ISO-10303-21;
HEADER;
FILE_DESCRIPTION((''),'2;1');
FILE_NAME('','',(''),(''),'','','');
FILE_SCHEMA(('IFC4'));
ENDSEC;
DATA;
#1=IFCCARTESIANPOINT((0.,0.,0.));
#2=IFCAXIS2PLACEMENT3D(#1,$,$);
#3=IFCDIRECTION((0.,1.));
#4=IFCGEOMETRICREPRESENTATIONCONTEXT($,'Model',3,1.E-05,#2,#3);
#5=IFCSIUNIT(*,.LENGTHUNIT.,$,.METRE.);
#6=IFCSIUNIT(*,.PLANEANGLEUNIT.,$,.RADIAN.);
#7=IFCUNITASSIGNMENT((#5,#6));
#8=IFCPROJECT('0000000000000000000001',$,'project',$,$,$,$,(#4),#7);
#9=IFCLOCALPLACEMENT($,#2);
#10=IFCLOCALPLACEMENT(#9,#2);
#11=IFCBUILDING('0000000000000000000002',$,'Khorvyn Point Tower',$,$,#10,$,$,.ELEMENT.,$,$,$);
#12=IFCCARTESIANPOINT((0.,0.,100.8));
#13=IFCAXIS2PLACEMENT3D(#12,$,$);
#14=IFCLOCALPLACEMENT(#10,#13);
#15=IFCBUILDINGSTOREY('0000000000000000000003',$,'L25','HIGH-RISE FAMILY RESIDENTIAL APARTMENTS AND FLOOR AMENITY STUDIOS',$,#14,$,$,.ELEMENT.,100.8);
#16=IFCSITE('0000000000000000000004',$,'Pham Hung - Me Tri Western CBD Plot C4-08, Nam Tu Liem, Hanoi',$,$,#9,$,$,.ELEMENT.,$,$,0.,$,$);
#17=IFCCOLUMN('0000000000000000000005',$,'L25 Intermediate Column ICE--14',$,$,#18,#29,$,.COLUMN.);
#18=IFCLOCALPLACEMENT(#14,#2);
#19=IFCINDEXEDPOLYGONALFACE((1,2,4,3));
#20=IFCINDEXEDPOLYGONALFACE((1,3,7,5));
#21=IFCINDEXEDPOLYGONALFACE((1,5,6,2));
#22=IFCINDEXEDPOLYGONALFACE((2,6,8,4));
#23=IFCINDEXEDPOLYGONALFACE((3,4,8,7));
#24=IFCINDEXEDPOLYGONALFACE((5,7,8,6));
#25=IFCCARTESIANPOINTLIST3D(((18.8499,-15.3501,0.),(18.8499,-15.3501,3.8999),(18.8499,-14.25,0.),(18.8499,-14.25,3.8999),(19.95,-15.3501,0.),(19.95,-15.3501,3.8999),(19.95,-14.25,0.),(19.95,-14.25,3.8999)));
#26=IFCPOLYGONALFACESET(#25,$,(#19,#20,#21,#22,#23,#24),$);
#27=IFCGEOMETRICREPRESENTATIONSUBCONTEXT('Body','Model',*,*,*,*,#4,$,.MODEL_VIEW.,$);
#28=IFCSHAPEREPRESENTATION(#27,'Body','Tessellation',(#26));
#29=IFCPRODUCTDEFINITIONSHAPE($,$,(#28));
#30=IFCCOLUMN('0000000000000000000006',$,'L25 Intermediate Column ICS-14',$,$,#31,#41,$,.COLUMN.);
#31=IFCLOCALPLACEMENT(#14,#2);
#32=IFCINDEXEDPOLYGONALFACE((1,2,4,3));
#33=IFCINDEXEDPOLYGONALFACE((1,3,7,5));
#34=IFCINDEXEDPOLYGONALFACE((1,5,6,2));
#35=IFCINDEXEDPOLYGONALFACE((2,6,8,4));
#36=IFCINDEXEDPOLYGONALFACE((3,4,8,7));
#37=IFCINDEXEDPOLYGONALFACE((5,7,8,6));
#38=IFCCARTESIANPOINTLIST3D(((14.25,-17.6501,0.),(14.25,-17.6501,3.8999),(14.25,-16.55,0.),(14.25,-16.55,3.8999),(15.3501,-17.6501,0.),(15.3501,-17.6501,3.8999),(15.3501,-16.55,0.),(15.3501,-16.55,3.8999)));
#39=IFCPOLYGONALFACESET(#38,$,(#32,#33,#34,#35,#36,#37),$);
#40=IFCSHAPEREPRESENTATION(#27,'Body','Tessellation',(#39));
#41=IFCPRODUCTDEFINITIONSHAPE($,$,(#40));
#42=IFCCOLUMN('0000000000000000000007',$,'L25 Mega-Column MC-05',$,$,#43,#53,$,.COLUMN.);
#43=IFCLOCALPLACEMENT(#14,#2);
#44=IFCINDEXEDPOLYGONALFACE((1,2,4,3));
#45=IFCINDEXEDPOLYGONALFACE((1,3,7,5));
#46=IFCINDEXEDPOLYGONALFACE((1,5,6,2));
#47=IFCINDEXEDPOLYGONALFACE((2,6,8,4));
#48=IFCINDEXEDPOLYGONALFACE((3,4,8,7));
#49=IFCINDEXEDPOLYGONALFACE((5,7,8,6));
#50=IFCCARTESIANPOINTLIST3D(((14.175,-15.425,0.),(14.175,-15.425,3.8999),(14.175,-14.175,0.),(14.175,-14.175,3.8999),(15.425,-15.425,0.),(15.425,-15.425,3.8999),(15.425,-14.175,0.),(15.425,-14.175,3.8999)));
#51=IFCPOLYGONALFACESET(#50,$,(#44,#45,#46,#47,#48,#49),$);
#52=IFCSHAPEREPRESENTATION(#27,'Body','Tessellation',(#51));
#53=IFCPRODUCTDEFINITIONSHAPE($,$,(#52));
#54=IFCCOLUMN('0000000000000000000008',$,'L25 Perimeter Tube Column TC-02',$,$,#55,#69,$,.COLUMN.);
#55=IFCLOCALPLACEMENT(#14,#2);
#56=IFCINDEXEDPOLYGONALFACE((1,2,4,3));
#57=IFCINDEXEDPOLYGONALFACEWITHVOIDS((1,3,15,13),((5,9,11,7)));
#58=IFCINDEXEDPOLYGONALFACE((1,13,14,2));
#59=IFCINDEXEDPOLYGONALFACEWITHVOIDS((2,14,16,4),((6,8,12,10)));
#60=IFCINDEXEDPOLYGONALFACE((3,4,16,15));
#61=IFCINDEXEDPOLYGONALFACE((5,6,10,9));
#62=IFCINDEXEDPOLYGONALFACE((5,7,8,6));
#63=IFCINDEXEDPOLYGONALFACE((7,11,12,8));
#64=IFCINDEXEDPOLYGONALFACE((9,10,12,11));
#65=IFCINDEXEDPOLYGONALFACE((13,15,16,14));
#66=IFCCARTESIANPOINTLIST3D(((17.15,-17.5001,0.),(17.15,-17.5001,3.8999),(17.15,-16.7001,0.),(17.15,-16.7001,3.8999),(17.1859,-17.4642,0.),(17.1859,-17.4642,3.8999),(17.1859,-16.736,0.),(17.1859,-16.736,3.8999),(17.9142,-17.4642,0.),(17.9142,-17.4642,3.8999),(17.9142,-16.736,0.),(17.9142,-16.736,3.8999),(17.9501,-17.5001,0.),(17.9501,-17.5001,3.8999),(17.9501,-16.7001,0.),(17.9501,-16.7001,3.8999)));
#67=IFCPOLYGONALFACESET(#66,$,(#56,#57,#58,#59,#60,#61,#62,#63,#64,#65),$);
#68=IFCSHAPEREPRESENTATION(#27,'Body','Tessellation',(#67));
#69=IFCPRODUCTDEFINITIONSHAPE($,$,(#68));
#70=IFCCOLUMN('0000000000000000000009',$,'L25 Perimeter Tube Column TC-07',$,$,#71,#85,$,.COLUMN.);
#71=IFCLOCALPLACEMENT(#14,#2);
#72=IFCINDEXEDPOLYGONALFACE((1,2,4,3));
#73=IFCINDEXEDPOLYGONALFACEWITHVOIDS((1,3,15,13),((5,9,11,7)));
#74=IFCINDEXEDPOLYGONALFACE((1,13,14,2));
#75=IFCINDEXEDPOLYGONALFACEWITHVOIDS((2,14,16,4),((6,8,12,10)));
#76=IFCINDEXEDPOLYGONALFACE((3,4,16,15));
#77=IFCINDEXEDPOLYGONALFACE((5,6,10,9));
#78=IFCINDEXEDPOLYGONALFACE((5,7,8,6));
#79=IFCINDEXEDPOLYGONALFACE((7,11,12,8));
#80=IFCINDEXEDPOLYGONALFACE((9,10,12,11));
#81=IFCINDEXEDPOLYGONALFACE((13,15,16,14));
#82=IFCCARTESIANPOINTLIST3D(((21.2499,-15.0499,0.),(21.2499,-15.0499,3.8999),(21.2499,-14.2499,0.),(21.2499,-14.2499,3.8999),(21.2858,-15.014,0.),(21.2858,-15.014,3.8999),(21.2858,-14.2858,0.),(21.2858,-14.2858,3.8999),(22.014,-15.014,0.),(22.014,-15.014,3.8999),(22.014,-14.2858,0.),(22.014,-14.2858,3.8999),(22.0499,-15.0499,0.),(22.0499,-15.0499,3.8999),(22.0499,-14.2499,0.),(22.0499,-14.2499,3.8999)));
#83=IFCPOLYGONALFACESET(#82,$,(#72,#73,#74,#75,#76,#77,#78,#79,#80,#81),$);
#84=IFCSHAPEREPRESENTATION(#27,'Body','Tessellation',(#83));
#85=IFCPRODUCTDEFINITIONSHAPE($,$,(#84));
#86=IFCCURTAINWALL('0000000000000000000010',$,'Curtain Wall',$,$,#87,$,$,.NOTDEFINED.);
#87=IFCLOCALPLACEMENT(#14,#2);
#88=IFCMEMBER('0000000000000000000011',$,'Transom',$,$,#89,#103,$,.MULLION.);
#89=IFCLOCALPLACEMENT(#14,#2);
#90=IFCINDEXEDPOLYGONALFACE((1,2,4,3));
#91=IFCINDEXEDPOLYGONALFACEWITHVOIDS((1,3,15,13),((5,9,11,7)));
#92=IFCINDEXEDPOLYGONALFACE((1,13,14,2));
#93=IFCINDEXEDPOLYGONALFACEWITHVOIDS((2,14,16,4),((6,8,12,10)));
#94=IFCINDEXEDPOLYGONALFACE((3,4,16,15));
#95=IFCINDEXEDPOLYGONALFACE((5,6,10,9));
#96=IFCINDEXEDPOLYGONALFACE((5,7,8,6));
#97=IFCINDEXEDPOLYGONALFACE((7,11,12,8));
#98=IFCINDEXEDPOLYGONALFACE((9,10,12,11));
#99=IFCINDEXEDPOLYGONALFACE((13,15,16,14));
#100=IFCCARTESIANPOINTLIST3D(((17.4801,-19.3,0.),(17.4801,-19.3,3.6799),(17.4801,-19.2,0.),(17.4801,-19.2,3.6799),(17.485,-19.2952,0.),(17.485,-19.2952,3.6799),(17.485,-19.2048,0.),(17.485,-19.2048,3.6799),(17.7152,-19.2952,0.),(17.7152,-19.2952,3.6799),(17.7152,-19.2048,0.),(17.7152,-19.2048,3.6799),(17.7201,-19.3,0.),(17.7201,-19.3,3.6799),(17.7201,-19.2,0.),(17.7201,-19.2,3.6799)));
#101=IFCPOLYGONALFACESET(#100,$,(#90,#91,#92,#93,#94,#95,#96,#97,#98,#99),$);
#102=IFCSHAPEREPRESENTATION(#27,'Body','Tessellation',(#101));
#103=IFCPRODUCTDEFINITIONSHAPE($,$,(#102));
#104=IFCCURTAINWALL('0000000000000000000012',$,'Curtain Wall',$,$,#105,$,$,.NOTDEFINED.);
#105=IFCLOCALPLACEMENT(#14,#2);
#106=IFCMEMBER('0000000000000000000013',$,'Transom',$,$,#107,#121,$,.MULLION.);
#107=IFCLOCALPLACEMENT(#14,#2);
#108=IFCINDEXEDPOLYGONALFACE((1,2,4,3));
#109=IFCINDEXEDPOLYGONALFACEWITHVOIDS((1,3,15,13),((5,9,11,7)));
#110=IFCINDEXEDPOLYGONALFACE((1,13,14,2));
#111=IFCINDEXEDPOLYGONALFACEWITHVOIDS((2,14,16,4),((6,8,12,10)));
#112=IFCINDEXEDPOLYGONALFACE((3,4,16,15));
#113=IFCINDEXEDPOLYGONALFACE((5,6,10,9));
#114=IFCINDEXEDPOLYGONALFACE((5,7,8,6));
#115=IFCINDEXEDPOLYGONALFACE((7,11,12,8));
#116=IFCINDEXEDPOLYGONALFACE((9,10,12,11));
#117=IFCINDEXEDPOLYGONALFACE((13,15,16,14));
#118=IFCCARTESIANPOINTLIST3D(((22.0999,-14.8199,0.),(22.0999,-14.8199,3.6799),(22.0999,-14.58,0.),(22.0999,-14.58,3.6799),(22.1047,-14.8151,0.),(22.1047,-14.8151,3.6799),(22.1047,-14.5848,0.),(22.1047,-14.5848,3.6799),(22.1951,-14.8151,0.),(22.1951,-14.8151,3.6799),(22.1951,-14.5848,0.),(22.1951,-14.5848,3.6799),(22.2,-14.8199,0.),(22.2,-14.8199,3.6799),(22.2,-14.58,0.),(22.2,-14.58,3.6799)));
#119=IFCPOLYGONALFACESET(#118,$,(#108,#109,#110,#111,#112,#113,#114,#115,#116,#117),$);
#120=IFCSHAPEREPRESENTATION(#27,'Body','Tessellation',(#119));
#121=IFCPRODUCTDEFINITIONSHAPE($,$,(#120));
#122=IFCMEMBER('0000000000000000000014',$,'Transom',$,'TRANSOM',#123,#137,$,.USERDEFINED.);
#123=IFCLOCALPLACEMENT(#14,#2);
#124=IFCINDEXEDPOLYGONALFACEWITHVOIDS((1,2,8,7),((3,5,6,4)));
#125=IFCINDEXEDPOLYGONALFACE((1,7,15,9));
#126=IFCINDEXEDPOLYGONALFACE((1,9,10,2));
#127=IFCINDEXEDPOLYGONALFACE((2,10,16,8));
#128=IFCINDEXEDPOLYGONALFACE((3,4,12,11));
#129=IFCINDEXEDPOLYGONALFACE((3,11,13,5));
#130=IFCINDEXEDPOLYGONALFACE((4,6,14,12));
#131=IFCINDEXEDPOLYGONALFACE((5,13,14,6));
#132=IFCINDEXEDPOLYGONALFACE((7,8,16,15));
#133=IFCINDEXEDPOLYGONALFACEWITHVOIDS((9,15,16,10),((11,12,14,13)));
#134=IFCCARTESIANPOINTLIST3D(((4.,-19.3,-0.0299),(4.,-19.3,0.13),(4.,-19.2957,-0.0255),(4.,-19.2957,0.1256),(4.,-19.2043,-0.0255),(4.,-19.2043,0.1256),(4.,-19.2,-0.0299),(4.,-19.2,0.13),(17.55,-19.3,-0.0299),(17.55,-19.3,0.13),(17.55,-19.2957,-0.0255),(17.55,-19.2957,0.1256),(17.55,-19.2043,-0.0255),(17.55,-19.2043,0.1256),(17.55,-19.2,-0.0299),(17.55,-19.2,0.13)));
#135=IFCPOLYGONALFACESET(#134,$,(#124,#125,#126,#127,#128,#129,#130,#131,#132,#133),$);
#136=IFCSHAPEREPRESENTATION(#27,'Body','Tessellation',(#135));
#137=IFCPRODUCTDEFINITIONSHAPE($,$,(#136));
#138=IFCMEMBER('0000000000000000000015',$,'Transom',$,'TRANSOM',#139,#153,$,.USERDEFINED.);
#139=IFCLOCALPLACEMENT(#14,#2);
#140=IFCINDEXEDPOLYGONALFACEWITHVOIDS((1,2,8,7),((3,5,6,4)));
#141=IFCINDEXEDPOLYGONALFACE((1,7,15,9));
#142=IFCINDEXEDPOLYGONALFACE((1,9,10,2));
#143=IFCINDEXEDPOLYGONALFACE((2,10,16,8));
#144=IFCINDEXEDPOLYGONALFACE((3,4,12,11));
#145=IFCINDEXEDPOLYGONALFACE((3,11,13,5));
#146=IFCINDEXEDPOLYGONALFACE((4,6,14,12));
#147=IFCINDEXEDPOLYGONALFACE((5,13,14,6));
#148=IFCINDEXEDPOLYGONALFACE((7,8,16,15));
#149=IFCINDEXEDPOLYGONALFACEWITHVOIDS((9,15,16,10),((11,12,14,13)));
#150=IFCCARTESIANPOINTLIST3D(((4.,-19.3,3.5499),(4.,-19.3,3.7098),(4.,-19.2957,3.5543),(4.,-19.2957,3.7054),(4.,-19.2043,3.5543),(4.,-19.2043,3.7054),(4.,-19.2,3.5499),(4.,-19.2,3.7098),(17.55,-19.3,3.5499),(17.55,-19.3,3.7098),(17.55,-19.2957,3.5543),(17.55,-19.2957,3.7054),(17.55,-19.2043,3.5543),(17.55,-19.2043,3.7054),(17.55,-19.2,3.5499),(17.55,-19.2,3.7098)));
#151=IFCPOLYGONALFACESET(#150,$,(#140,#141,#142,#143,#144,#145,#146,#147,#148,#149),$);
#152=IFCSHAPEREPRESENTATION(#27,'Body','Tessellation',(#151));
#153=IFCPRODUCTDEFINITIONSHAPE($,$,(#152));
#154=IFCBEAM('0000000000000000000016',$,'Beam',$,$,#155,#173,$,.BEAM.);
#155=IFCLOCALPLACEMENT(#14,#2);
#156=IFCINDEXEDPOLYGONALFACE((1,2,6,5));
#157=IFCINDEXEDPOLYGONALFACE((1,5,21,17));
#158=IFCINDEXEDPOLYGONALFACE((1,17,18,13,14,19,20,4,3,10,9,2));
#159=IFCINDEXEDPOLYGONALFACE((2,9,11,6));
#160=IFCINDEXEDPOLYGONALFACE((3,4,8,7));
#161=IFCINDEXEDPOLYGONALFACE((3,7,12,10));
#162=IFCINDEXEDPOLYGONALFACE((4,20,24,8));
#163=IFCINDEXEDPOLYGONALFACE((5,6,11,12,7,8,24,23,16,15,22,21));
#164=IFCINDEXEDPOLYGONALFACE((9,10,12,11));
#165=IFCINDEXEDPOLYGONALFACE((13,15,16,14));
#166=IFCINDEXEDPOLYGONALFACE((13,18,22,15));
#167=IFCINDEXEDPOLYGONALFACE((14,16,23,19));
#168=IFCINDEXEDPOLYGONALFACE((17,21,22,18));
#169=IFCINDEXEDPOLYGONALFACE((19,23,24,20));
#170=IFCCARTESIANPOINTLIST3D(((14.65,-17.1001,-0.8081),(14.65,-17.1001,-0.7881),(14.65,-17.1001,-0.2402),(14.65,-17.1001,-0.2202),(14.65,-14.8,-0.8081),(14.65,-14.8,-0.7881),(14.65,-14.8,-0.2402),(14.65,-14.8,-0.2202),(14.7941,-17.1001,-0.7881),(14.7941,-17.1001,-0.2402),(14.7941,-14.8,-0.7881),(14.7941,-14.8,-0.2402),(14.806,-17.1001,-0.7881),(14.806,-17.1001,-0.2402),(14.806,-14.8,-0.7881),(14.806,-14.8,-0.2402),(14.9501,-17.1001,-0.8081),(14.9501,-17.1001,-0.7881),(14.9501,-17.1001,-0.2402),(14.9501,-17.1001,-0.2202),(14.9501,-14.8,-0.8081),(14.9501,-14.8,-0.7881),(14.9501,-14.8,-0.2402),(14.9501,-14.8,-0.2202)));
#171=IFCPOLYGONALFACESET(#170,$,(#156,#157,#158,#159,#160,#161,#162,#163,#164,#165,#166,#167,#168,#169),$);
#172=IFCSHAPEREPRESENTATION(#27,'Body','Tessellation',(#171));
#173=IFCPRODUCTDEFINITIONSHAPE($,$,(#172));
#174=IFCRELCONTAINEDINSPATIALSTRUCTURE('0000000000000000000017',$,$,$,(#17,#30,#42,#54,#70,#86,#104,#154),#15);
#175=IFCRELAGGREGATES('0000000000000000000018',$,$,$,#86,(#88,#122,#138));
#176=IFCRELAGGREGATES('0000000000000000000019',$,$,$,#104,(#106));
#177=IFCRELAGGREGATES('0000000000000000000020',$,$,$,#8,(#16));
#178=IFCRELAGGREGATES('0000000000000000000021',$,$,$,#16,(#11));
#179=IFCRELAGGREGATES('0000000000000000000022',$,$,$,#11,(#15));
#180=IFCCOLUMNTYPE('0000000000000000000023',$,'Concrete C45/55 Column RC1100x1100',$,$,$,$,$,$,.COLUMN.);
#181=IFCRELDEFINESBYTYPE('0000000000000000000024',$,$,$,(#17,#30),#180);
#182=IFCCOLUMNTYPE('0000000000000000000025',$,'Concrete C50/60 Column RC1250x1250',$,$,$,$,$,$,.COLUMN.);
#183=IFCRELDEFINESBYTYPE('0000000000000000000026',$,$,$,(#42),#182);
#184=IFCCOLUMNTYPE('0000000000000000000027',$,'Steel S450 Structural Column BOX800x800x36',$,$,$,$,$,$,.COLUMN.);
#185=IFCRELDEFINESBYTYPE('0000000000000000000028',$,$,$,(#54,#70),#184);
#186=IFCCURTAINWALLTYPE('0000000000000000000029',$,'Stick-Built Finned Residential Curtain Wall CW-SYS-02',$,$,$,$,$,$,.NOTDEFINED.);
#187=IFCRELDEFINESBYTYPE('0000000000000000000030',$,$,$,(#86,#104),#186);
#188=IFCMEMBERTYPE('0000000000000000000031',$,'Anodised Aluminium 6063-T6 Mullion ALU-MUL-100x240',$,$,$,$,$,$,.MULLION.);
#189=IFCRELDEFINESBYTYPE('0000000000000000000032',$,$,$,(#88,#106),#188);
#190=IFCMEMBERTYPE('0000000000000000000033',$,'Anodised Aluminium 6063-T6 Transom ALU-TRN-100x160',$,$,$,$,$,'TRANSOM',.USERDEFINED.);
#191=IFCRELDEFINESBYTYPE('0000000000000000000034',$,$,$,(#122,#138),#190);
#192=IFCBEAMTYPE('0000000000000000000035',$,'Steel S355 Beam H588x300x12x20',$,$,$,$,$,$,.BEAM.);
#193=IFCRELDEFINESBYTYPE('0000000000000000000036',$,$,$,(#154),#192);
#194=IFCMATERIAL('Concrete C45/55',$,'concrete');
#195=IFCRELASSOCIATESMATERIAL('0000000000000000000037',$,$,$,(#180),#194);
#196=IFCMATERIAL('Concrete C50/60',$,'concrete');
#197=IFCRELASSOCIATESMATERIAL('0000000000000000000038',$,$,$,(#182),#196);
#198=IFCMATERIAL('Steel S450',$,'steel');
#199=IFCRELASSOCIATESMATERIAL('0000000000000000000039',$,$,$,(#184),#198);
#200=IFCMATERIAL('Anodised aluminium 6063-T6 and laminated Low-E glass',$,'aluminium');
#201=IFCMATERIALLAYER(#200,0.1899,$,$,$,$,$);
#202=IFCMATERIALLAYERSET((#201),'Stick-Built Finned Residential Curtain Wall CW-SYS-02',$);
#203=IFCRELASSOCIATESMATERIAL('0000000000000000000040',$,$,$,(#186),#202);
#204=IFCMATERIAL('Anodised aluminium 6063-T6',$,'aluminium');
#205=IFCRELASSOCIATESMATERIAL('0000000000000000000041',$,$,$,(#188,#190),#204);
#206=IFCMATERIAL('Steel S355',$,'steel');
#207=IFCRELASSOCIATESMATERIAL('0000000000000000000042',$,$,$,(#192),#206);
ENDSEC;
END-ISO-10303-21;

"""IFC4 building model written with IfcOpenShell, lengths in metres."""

from ifc_helpers import new_model, si_unit, direction, frame, origin, origin_2d, place, context, subcontext, project, spatial, rectangle, hollow_rectangle, i_section, extrude, material, layer, layer_set, material_profile, profile_set, type_object, element, aggregate, save


model = new_model("IFC4")

# Units and contexts
model_context = context("Model", 3, precision=1e-05, world=origin(), true_north=direction((0.0, 1.0)))
body_context = subcontext(model_context, "Body", "Model", "MODEL_VIEW")
ifc_project = project(units=[si_unit("LENGTHUNIT", "METRE"), si_unit("PLANEANGLEUNIT", "RADIAN")], contexts=[model_context])

# Site, building, storey
site_placement = place(None, origin())
site = spatial("IfcSite", under=ifc_project, at=site_placement, Name="Pham Hung - Me Tri Western CBD Plot C4-08, Nam Tu Liem, Hanoi", CompositionType="ELEMENT", RefElevation=0.0)
building_placement = place(site_placement, origin())
building = spatial("IfcBuilding", under=site, at=building_placement, Name="Khorvyn Point Tower", CompositionType="ELEMENT")
storey_placement = place(building_placement, frame((0.0, 0.0, 100.8)))
storey = spatial("IfcBuildingStorey", under=building, at=storey_placement, Name="L25", Description="HIGH-RISE FAMILY RESIDENTIAL APARTMENTS AND FLOOR AMENITY STUDIOS", CompositionType="ELEMENT", Elevation=100.8)

# Columns
ifc_material_1 = material(Name="Concrete C45/55", Category="concrete")
ifc_material_profile_1 = material_profile(ifc_material_1, rectangle(XDim=1.1001, YDim=1.1001, at=origin_2d()))
ifc_profile_set_1 = profile_set([ifc_material_profile_1], Name="Concrete C45/55 RC1100x1100")
column_type_1 = type_object("IfcColumnType", Name="Concrete C45/55 Column RC1100x1100", PredefinedType="COLUMN", material=ifc_profile_set_1)
for number, where, z_axis, x_axis, name in (
    (1, (19.3999, -14.8, 0.0), (0.0, 0.0, 1.0), (1.0, 0.0, 0.0), "L25 Intermediate Column ICE--14"),
    (2, (14.8, -17.1001, 0.0), (0.0, 0.0, 1.0), (1.0, 0.0, 0.0), "L25 Intermediate Column ICS-14"),
):
    element("IfcColumn", number, at=place(storey_placement, frame(where, z_axis=z_axis, x_axis=x_axis)), inside=storey, type_object=column_type_1, Name=name, PredefinedType="COLUMN", context=body_context, shape_type="SweptSolid", body=[
        extrude(rectangle(XDim=1.1001, YDim=1.1001, at=origin_2d()), origin(), (0.0, 0.0, 1.0), 3.8999),
    ])
ifc_material_2 = material(Name="Concrete C50/60", Category="concrete")
ifc_material_profile_2 = material_profile(ifc_material_2, rectangle(XDim=1.25, YDim=1.25, at=origin_2d()))
ifc_profile_set_2 = profile_set([ifc_material_profile_2], Name="Concrete C50/60 RC1250x1250")
column_type_2 = type_object("IfcColumnType", Name="Concrete C50/60 Column RC1250x1250", PredefinedType="COLUMN", material=ifc_profile_set_2)
column_placement = place(storey_placement, frame((14.8, -14.8, 0.0), z_axis=(0.0, 0.0, 1.0), x_axis=(1.0, 0.0, 0.0)))
element("IfcColumn", 3, at=column_placement, inside=storey, type_object=column_type_2, Name="L25 Mega-Column MC-05", PredefinedType="COLUMN", context=body_context, shape_type="SweptSolid", body=[
    extrude(rectangle(XDim=1.25, YDim=1.25, at=origin_2d()), origin(), (0.0, 0.0, 1.0), 3.8999),
])
ifc_material_3 = material(Name="Steel S450", Category="steel")
ifc_material_profile_3 = material_profile(ifc_material_3, hollow_rectangle(XDim=0.8, YDim=0.8, WallThickness=0.0359, at=origin_2d()))
ifc_profile_set_3 = profile_set([ifc_material_profile_3], Name="Steel S450 BOX800x800x36")
column_type_3 = type_object("IfcColumnType", Name="Steel S450 Structural Column BOX800x800x36", PredefinedType="COLUMN", material=ifc_profile_set_3)
for number, where, z_axis, x_axis, name in (
    (4, (17.55, -17.1001, 0.0), (0.0, 0.0, 1.0), (1.0, 0.0, 0.0), "L25 Perimeter Tube Column TC-02"),
    (5, (21.6499, -14.6499, 0.0), (0.0, 0.0, 1.0), (1.0, 0.0, 0.0), "L25 Perimeter Tube Column TC-07"),
):
    element("IfcColumn", number, at=place(storey_placement, frame(where, z_axis=z_axis, x_axis=x_axis)), inside=storey, type_object=column_type_3, Name=name, PredefinedType="COLUMN", context=body_context, shape_type="SweptSolid", body=[
        extrude(hollow_rectangle(XDim=0.8, YDim=0.8, WallThickness=0.0359, at=origin_2d()), origin(), (0.0, 0.0, 1.0), 3.8999),
    ])

# Curtain walls, members
ifc_material_4 = material(Name="Anodised aluminium 6063-T6 and laminated Low-E glass", Category="aluminium")
ifc_layer_1 = layer(ifc_material_4, 0.1899)
ifc_layer_set_1 = layer_set([ifc_layer_1], Name="Stick-Built Finned Residential Curtain Wall CW-SYS-02")
curtain_wall_type = type_object("IfcCurtainWallType", Name="Stick-Built Finned Residential Curtain Wall CW-SYS-02", PredefinedType="NOTDEFINED", material=ifc_layer_set_1)
curtain_wall_1_placement = place(storey_placement, origin())
curtain_wall_1 = element("IfcCurtainWall", 6, at=curtain_wall_1_placement, inside=storey, type_object=curtain_wall_type, Name="Curtain Wall", PredefinedType="NOTDEFINED")
ifc_material_5 = material(Name="Anodised aluminium 6063-T6", Category="aluminium")
ifc_material_profile_4 = material_profile(ifc_material_5, hollow_rectangle(XDim=0.1001, YDim=0.24, WallThickness=0.0049, at=origin_2d()))
ifc_profile_set_4 = profile_set([ifc_material_profile_4], Name="Anodised aluminium 6063-T6 ALU-MUL-100x240")
member_type_1 = type_object("IfcMemberType", Name="Anodised Aluminium 6063-T6 Mullion ALU-MUL-100x240", PredefinedType="MULLION", material=ifc_profile_set_4)
member_1_placement = place(storey_placement, frame((17.6001, -19.25, 0.0), z_axis=(0.0, 0.0, 1.0), x_axis=(0.0, -1.0, 0.0)))
member_1 = element("IfcMember", 7, at=member_1_placement, type_object=member_type_1, Name="Transom", PredefinedType="MULLION", context=body_context, shape_type="SweptSolid", body=[
    extrude(hollow_rectangle(XDim=0.1001, YDim=0.24, WallThickness=0.0049, at=origin_2d()), origin(), (0.0, 0.0, 1.0), 3.6799),
])
curtain_wall_2_placement = place(storey_placement, origin())
curtain_wall_2 = element("IfcCurtainWall", 8, at=curtain_wall_2_placement, inside=storey, type_object=curtain_wall_type, Name="Curtain Wall", PredefinedType="NOTDEFINED")
member_2_placement = place(storey_placement, frame((22.1499, -14.7, 0.0), z_axis=(0.0, 0.0, 1.0), x_axis=(1.0, 0.0, 0.0)))
member_2 = element("IfcMember", 9, at=member_2_placement, type_object=member_type_1, Name="Transom", PredefinedType="MULLION", context=body_context, shape_type="SweptSolid", body=[
    extrude(hollow_rectangle(XDim=0.1001, YDim=0.24, WallThickness=0.0049, at=origin_2d()), origin(), (0.0, 0.0, 1.0), 3.6799),
])

# Members
ifc_material_profile_5 = material_profile(ifc_material_5, hollow_rectangle(XDim=0.1001, YDim=0.1599, WallThickness=0.0044, at=origin_2d()))
ifc_profile_set_5 = profile_set([ifc_material_profile_5], Name="Anodised aluminium 6063-T6 ALU-TRN-100x160")
member_type_2 = type_object("IfcMemberType", Name="Anodised Aluminium 6063-T6 Transom ALU-TRN-100x160", ElementType="TRANSOM", PredefinedType="USERDEFINED", material=ifc_profile_set_5)
member_3_placement = place(storey_placement, frame((17.55, -19.25, 0.05), z_axis=(-1.0, 0.0, 0.0), x_axis=(0.0, -1.0, 0.0)))
member_3 = element("IfcMember", 10, at=member_3_placement, type_object=member_type_2, Name="Transom", ObjectType="TRANSOM", PredefinedType="USERDEFINED", context=body_context, shape_type="SweptSolid", body=[
    extrude(hollow_rectangle(XDim=0.1001, YDim=0.1599, WallThickness=0.0044, at=origin_2d()), origin(), (0.0, 0.0, 1.0), 13.55),
])
member_4_placement = place(storey_placement, frame((17.55, -19.25, 3.6299), z_axis=(-1.0, 0.0, 0.0), x_axis=(0.0, -1.0, 0.0)))
member_4 = element("IfcMember", 11, at=member_4_placement, type_object=member_type_2, Name="Transom", ObjectType="TRANSOM", PredefinedType="USERDEFINED", context=body_context, shape_type="SweptSolid", body=[
    extrude(hollow_rectangle(XDim=0.1001, YDim=0.1599, WallThickness=0.0044, at=origin_2d()), origin(), (0.0, 0.0, 1.0), 13.55),
])

# Beam
ifc_material_6 = material(Name="Steel S355", Category="steel")
ifc_material_profile_6 = material_profile(ifc_material_6, i_section(OverallWidth=0.3, OverallDepth=0.5879, WebThickness=0.012, FlangeThickness=0.02, at=origin_2d()))
ifc_profile_set_6 = profile_set([ifc_material_profile_6], Name="Steel S355 H588x300x12x20")
beam_type_1 = type_object("IfcBeamType", Name="Steel S355 Beam H588x300x12x20", PredefinedType="BEAM", material=ifc_profile_set_6)
beam_1_placement = place(storey_placement, frame((14.8, -17.1001, -0.5142), z_axis=(0.0, 1.0, 0.0), x_axis=(-1.0, 0.0, 0.0)))
element("IfcBeam", 12, at=beam_1_placement, inside=storey, type_object=beam_type_1, Name="Beam", PredefinedType="BEAM", context=body_context, shape_type="SweptSolid", body=[
    extrude(i_section(OverallWidth=0.3, OverallDepth=0.5879, WebThickness=0.012, FlangeThickness=0.02, at=origin_2d()), origin(), (0.0, 0.0, 1.0), 2.3),
])

aggregate(curtain_wall_1, [member_1, member_3, member_4])
aggregate(curtain_wall_2, [member_2])

save(model, "model.ifc")
